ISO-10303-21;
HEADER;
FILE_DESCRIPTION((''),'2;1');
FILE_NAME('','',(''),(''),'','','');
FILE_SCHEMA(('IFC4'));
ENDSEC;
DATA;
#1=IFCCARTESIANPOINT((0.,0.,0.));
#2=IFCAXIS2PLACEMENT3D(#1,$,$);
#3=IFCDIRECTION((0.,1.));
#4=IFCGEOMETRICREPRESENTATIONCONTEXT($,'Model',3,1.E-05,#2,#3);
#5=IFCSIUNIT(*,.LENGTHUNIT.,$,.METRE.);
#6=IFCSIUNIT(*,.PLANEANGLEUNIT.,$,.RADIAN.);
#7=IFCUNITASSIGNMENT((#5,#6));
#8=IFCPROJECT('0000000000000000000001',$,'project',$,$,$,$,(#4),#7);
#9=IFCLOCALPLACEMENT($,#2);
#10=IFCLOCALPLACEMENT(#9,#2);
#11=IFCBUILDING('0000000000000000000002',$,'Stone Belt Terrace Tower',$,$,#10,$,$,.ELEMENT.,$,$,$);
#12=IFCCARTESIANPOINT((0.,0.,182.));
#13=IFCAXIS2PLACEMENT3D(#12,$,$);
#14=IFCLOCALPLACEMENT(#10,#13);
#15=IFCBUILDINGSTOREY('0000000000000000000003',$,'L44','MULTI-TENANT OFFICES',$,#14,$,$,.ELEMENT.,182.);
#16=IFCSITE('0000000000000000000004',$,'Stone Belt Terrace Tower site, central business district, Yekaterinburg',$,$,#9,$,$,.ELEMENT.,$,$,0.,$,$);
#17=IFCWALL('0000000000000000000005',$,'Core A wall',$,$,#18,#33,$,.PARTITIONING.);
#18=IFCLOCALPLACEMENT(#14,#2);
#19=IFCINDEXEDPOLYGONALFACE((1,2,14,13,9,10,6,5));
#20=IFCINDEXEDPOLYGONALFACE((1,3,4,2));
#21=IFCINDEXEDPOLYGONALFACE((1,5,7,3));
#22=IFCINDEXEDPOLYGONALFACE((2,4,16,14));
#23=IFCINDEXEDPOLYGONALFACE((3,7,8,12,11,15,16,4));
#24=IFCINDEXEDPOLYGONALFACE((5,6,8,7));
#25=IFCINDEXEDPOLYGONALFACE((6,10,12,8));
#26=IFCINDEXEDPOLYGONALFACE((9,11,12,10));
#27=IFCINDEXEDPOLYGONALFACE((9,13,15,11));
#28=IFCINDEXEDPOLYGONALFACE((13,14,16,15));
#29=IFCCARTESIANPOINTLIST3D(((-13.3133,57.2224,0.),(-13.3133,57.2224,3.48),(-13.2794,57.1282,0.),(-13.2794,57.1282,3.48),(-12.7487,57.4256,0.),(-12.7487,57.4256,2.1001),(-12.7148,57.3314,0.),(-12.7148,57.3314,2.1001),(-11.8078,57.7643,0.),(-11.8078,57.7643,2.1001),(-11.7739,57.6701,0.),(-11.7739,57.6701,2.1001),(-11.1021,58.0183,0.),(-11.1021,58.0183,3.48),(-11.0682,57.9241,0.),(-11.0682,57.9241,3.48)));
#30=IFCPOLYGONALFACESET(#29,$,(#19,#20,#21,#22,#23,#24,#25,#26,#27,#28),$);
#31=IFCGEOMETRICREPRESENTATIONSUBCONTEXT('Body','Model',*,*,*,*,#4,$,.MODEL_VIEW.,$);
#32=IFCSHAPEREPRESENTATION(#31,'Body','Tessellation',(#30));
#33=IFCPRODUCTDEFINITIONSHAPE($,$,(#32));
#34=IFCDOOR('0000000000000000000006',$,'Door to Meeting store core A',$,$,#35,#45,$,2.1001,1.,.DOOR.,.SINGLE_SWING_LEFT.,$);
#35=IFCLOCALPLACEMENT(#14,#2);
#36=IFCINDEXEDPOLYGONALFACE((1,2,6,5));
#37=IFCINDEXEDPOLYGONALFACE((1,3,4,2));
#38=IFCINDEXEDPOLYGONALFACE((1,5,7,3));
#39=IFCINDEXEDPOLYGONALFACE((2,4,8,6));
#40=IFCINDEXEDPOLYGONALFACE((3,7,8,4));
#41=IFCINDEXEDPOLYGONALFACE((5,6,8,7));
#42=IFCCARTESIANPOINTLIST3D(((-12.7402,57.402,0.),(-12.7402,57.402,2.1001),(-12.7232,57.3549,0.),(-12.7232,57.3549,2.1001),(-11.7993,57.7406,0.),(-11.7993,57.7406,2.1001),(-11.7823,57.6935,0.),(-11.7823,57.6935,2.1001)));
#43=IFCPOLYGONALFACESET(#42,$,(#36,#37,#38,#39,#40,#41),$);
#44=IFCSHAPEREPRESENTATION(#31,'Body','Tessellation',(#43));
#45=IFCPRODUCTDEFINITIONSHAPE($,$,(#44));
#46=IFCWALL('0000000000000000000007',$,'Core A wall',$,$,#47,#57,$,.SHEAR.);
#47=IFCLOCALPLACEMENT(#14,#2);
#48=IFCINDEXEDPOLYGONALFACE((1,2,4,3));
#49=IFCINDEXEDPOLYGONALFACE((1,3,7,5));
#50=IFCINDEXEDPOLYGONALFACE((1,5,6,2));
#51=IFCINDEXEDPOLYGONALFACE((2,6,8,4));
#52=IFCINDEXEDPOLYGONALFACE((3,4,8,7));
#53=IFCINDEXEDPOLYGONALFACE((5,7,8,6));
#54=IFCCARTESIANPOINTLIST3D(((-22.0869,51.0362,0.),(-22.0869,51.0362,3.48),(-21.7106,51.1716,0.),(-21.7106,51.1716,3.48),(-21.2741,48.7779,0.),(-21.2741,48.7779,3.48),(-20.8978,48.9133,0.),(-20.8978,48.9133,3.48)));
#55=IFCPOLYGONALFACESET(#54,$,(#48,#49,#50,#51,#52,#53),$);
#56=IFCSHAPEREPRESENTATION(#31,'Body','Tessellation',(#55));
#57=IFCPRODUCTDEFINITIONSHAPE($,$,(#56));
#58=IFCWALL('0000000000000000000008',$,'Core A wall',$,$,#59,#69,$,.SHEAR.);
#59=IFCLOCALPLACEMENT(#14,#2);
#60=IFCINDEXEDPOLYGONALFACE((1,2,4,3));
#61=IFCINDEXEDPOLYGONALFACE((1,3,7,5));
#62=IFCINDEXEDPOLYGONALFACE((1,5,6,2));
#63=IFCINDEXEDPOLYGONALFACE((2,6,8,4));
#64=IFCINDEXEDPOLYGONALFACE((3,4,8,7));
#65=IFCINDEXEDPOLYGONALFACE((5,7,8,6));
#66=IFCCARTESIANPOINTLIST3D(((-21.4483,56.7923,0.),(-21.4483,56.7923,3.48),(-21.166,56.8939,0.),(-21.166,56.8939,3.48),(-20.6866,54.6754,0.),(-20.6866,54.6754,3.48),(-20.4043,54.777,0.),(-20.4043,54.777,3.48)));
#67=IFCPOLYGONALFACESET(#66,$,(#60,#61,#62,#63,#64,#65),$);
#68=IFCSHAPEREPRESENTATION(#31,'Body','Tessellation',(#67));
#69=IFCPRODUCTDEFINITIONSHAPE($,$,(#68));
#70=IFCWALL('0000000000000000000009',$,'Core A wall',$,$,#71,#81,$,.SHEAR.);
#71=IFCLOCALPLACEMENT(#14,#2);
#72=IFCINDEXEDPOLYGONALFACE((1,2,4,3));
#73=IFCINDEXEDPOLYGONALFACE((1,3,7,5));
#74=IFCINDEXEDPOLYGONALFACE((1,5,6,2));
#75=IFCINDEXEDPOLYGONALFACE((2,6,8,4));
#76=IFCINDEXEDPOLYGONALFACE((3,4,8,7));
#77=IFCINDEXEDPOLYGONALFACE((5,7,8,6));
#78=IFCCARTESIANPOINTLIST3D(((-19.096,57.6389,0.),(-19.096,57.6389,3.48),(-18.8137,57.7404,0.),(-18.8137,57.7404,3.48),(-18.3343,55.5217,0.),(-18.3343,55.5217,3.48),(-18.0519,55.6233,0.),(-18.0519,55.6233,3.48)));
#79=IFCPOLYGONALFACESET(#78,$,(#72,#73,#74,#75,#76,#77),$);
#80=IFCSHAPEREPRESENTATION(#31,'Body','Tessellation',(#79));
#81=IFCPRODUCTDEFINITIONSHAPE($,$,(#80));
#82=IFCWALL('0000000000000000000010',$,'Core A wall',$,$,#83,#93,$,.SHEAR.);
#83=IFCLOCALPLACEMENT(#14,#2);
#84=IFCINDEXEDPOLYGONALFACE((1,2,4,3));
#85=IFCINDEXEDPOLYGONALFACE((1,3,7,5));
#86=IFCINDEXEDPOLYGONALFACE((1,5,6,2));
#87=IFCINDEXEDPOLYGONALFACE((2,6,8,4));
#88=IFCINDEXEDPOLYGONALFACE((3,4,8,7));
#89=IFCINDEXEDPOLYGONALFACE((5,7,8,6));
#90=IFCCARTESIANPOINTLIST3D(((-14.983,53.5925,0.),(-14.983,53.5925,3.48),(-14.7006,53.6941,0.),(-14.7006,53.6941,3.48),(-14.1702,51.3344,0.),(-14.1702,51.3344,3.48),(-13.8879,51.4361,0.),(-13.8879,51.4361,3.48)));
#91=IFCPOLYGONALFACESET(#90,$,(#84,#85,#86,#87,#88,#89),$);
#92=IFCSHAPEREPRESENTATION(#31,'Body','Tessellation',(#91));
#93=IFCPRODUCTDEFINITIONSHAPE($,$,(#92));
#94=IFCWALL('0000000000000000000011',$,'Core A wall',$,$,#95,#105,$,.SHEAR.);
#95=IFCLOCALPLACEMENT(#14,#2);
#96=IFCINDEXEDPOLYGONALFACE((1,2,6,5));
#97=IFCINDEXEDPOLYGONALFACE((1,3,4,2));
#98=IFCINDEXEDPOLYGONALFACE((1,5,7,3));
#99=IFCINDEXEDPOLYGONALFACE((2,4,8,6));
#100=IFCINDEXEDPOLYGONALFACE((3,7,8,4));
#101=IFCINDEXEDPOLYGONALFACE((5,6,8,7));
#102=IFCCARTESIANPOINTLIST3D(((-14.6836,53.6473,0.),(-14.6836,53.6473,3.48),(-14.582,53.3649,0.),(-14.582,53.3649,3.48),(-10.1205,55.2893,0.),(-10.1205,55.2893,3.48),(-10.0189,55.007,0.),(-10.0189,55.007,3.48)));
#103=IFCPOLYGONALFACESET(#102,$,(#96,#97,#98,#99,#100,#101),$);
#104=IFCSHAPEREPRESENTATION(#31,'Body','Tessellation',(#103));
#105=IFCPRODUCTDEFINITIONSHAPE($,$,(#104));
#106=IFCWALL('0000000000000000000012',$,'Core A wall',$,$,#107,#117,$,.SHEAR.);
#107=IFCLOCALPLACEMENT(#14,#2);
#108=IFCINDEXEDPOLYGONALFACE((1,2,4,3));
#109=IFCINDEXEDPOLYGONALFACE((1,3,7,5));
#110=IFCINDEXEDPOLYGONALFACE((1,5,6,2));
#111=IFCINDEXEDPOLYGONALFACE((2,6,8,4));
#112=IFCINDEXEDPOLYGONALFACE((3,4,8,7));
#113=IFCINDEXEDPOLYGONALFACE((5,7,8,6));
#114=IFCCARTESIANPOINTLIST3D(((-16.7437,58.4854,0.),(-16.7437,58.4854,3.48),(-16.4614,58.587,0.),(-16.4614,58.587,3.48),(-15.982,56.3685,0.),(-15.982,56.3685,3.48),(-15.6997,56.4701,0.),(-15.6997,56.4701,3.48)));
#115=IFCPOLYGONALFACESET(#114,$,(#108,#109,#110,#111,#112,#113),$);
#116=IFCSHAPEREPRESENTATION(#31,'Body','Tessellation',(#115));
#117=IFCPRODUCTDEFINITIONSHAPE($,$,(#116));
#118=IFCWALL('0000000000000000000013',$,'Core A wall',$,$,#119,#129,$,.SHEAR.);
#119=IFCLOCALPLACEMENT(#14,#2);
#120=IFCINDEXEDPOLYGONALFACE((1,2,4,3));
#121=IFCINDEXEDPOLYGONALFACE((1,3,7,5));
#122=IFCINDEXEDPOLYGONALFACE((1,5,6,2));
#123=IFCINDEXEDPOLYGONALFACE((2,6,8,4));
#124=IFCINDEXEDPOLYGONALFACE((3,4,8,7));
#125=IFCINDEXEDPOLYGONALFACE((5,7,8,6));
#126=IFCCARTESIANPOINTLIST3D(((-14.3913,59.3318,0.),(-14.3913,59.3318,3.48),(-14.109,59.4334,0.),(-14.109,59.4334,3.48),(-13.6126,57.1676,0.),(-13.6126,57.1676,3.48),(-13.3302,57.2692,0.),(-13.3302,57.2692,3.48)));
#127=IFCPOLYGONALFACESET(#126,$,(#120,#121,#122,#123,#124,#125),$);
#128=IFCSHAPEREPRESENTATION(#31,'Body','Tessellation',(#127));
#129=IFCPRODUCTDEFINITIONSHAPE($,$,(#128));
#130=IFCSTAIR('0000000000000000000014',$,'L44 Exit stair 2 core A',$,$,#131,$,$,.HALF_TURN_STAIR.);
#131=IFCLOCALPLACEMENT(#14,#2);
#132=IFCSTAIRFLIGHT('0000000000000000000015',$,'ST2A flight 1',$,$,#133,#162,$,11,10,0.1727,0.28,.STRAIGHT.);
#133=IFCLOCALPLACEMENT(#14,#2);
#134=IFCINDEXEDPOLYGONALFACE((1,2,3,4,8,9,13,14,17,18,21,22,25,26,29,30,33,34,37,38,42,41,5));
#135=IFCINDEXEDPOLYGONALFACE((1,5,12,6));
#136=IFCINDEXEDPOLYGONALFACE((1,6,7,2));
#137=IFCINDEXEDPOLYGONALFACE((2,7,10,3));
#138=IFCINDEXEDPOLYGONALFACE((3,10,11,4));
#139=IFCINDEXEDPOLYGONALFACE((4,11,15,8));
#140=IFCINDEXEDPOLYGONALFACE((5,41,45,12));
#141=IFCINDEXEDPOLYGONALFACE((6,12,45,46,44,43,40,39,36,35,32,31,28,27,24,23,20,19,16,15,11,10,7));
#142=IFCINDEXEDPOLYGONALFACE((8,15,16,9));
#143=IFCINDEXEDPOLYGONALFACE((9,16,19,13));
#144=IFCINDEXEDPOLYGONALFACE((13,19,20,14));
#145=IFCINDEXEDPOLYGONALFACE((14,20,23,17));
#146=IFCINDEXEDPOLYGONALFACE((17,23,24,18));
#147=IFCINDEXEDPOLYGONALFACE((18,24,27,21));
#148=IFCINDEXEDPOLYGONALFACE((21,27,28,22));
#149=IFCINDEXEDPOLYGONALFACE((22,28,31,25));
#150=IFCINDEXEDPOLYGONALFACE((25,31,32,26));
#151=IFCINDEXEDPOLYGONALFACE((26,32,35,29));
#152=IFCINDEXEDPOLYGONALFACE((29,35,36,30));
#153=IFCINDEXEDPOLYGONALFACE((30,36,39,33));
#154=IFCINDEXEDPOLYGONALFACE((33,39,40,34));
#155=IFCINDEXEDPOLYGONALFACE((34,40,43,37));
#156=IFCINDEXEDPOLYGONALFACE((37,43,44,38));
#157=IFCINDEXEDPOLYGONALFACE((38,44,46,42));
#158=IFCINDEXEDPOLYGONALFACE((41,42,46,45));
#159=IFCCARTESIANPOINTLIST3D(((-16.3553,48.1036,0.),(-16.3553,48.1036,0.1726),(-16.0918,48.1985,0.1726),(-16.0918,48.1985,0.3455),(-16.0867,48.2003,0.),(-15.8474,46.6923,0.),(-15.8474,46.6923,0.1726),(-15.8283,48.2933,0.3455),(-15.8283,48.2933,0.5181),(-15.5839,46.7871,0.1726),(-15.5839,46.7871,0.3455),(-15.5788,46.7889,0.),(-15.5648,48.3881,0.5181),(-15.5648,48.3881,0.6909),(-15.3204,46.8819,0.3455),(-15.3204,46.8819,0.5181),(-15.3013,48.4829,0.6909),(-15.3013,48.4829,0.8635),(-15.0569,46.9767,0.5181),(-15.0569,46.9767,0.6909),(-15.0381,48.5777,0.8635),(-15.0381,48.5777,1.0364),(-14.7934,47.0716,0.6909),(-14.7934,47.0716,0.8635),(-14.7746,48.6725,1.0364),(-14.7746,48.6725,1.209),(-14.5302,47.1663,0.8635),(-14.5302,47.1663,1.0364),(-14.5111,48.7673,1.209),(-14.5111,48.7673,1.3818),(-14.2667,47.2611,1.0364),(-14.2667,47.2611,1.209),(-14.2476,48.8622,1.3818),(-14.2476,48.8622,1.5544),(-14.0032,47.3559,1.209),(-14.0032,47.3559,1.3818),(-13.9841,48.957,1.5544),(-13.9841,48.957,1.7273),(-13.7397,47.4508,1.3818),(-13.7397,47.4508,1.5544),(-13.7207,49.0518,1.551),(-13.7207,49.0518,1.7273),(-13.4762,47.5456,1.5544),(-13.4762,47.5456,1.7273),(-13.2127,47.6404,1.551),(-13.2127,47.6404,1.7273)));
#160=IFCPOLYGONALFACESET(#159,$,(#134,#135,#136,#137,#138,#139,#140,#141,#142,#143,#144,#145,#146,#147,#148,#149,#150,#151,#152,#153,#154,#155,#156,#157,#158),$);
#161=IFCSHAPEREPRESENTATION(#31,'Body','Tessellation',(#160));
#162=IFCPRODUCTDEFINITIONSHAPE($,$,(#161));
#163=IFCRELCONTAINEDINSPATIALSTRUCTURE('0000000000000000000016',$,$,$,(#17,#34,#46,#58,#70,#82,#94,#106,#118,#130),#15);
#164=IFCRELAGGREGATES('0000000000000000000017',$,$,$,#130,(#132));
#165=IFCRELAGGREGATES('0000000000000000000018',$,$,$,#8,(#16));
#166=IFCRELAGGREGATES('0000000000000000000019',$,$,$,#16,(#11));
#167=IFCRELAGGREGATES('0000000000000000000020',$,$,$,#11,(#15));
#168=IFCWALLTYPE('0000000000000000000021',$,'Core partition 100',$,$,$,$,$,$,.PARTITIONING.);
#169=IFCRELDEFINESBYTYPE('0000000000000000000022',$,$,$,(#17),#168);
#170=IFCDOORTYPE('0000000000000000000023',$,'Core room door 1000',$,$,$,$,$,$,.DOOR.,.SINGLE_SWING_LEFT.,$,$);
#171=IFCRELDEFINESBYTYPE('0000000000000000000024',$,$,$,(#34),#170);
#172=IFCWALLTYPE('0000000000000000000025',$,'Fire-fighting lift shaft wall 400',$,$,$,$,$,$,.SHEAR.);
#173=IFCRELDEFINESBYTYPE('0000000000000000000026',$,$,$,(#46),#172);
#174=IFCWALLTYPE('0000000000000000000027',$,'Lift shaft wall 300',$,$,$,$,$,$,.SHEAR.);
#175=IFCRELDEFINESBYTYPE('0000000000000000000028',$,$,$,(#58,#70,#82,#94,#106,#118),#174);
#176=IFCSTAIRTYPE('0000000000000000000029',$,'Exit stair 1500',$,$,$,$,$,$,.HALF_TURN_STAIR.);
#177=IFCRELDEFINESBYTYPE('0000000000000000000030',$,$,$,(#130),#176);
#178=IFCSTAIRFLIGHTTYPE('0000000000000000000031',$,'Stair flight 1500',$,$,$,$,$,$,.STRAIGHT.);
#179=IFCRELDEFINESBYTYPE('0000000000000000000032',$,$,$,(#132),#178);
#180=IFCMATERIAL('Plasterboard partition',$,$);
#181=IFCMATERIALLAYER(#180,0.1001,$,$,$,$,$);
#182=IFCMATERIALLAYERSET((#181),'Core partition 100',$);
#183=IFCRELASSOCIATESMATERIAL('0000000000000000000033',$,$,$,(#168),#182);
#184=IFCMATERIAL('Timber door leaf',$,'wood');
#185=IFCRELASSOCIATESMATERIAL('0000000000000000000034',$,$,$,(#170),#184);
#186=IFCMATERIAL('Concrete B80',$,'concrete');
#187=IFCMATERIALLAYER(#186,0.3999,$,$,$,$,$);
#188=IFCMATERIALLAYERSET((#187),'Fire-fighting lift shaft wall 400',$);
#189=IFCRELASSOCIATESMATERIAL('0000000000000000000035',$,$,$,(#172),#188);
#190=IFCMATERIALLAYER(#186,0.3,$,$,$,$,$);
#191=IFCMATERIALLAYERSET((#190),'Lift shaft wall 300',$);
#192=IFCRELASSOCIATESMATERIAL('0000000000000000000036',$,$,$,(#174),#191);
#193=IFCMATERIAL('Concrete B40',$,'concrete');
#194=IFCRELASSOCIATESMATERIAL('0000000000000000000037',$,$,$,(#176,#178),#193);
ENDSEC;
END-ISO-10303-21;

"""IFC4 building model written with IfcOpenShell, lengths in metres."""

from ifc_helpers import new_model, si_unit, direction, frame, frame_2d, origin, place, context, subcontext, project, spatial, polyline, rectangle, outline, extrude, material, layer, layer_set, type_object, element, fill, aggregate, save


model = new_model("IFC4")

# Units and contexts
model_context = context("Model", 3, precision=1e-05, world=origin(), true_north=direction((0.0, 1.0)))
body_context = subcontext(model_context, "Body", "Model", "MODEL_VIEW")
ifc_project = project(units=[si_unit("LENGTHUNIT", "METRE"), si_unit("PLANEANGLEUNIT", "RADIAN")], contexts=[model_context])

# Site, building, storey
site_placement = place(None, origin())
site = spatial("IfcSite", under=ifc_project, at=site_placement, Name="Stone Belt Terrace Tower site, central business district, Yekaterinburg", CompositionType="ELEMENT", RefElevation=0.0)
building_placement = place(site_placement, origin())
building = spatial("IfcBuilding", under=site, at=building_placement, Name="Stone Belt Terrace Tower", CompositionType="ELEMENT")
storey_placement = place(building_placement, frame((0.0, 0.0, 182.0)))
storey = spatial("IfcBuildingStorey", under=building, at=storey_placement, Name="L44", Description="MULTI-TENANT OFFICES", CompositionType="ELEMENT", Elevation=182.0)

# Shared definitions
ifc_material_1 = material(Name="Concrete B80", Category="concrete")

# Shared definitions
ifc_material_2 = material(Name="Plasterboard partition")
ifc_layer_1 = layer(ifc_material_2, 0.1001)
ifc_layer_set_1 = layer_set([ifc_layer_1], Name="Core partition 100")
wall_type_1 = type_object("IfcWallType", Name="Core partition 100", PredefinedType="PARTITIONING", material=ifc_layer_set_1)
ifc_material_3 = material(Name="Timber door leaf", Category="wood")
door_type_1 = type_object("IfcDoorType", Name="Core room door 1000", OperationType="SINGLE_SWING_LEFT", PredefinedType="DOOR", material=ifc_material_3)

# Wall, opening, door
wall_1_placement = place(storey_placement, frame((-13.2964, 57.1753, 0.0), z_axis=(0.0, 0.0, 1.0), x_axis=(0.940905, 0.338672, 0.0)))
wall_1 = element("IfcWall", 1, at=wall_1_placement, inside=storey, type_object=wall_type_1, Name="Core A wall", PredefinedType="PARTITIONING", context=body_context, shape_type="SweptSolid", body=[
    extrude(rectangle(XDim=2.3501, YDim=0.1001, at=frame_2d((1.175, 0.0))), origin(), (0.0, 0.0, 1.0), 3.48),
])
opening_1_placement = place(wall_1_placement, frame((0.6001, 0.0, 0.0)))
opening_1 = element("IfcOpeningElement", 2, at=opening_1_placement, cuts=wall_1, PredefinedType="OPENING", context=body_context, shape_type="SweptSolid", body=[
    extrude(rectangle(XDim=1.0, YDim=2.1001, at=frame_2d((0.5, 1.05))), frame((0.0, 0.0601, 0.0), z_axis=(0.0, -1.0, 0.0), x_axis=(1.0, 0.0, 0.0)), (0.0, 0.0, 1.0), 0.1201),
])
door_1_placement = place(opening_1_placement, origin())
door_1 = element("IfcDoor", 3, at=door_1_placement, inside=storey, type_object=door_type_1, Name="Door to Meeting store core A", OperationType="SINGLE_SWING_LEFT", OverallHeight=2.1001, OverallWidth=1.0, PredefinedType="DOOR", context=body_context, shape_type="SweptSolid", body=[
    extrude(rectangle(XDim=1.0, YDim=2.1001, at=frame_2d((0.5, 1.05))), frame((0.0, 0.0249, 0.0), z_axis=(0.0, -1.0, 0.0), x_axis=(1.0, 0.0, 0.0)), (0.0, 0.0, 1.0), 0.05),
])
fill(opening_1, door_1)

# Walls
ifc_layer_2 = layer(ifc_material_1, 0.3999)
ifc_layer_set_2 = layer_set([ifc_layer_2], Name="Fire-fighting lift shaft wall 400")
wall_type_2 = type_object("IfcWallType", Name="Fire-fighting lift shaft wall 400", PredefinedType="SHEAR", material=ifc_layer_set_2)
wall_2_placement = place(storey_placement, frame((-21.0859, 48.8455, 0.0), z_axis=(0.0, 0.0, 1.0), x_axis=(-0.338629, 0.94092, 0.0)))
element("IfcWall", 4, at=wall_2_placement, inside=storey, type_object=wall_type_2, Name="Core A wall", PredefinedType="SHEAR", context=body_context, shape_type="SweptSolid", body=[
    extrude(rectangle(XDim=2.4001, YDim=0.3999, at=frame_2d((1.2002, 0.0))), origin(), (0.0, 0.0, 1.0), 3.48),
])
ifc_layer_3 = layer(ifc_material_1, 0.3)
ifc_layer_set_3 = layer_set([ifc_layer_3], Name="Lift shaft wall 300")
wall_type_3 = type_object("IfcWallType", Name="Lift shaft wall 300", PredefinedType="SHEAR", material=ifc_layer_set_3)
wall_3_placement = place(storey_placement, frame((-20.5454, 54.7261, 0.0), z_axis=(0.0, 0.0, 1.0), x_axis=(-0.33857, 0.940941, 0.0)))
element("IfcWall", 5, at=wall_3_placement, inside=storey, type_object=wall_type_3, Name="Core A wall", PredefinedType="SHEAR", context=body_context, shape_type="SweptSolid", body=[
    extrude(rectangle(XDim=2.2498, YDim=0.3, at=frame_2d((1.125, 0.0))), origin(), (0.0, 0.0, 1.0), 3.48),
])
wall_4_placement = place(storey_placement, frame((-18.1931, 55.5725, 0.0), z_axis=(0.0, 0.0, 1.0), x_axis=(-0.338535, 0.940954, 0.0)))
element("IfcWall", 6, at=wall_4_placement, inside=storey, type_object=wall_type_3, Name="Core A wall", PredefinedType="SHEAR", context=body_context, shape_type="SweptSolid", body=[
    extrude(rectangle(XDim=2.25, YDim=0.3, at=frame_2d((1.125, 0.0))), origin(), (0.0, 0.0, 1.0), 3.48),
])
wall_5_placement = place(storey_placement, frame((-14.0291, 51.3853, 0.0), z_axis=(0.0, 0.0, 1.0), x_axis=(-0.338662, 0.940908, 0.0)))
element("IfcWall", 7, at=wall_5_placement, inside=storey, type_object=wall_type_3, Name="Core A wall", PredefinedType="SHEAR", context=body_context, shape_type="SweptSolid", body=[
    extrude(rectangle(XDim=2.3999, YDim=0.3, at=frame_2d((1.2, 0.0))), origin(), (0.0, 0.0, 1.0), 3.48),
])
wall_6_placement = place(storey_placement, frame((-14.6328, 53.5061, 0.0), z_axis=(0.0, 0.0, 1.0), x_axis=(0.940932, 0.338596, 0.0)))
element("IfcWall", 8, at=wall_6_placement, inside=storey, type_object=wall_type_3, Name="Core A wall", PredefinedType="SHEAR", context=body_context, shape_type="SweptSolid", body=[
    extrude(rectangle(XDim=4.8496, YDim=0.3, at=frame_2d((2.4248, 0.0))), origin(), (0.0, 0.0, 1.0), 3.48),
])
wall_7_placement = place(storey_placement, frame((-15.8408, 56.4192, 0.0), z_axis=(0.0, 0.0, 1.0), x_axis=(-0.33857, 0.940941, 0.0)))
element("IfcWall", 9, at=wall_7_placement, inside=storey, type_object=wall_type_3, Name="Core A wall", PredefinedType="SHEAR", context=body_context, shape_type="SweptSolid", body=[
    extrude(rectangle(XDim=2.2498, YDim=0.3, at=frame_2d((1.125, 0.0))), origin(), (0.0, 0.0, 1.0), 3.48),
])
wall_8_placement = place(storey_placement, frame((-13.4714, 57.2185, 0.0), z_axis=(0.0, 0.0, 1.0), x_axis=(-0.338588, 0.940935, 0.0)))
element("IfcWall", 10, at=wall_8_placement, inside=storey, type_object=wall_type_3, Name="Core A wall", PredefinedType="SHEAR", context=body_context, shape_type="SweptSolid", body=[
    extrude(rectangle(XDim=2.3, YDim=0.3, at=frame_2d((1.1499, 0.0))), origin(), (0.0, 0.0, 1.0), 3.48),
])

# Stair, stair flight
ifc_material_4 = material(Name="Concrete B40", Category="concrete")
stair_type = type_object("IfcStairType", Name="Exit stair 1500", PredefinedType="HALF_TURN_STAIR", material=ifc_material_4)
stair_placement = place(storey_placement, origin())
stair = element("IfcStair", 11, at=stair_placement, inside=storey, type_object=stair_type, Name="L44 Exit stair 2 core A", PredefinedType="HALF_TURN_STAIR")
stair_flight_type = type_object("IfcStairFlightType", Name="Stair flight 1500", PredefinedType="STRAIGHT", material=ifc_material_4)
stair_flight_1_placement = place(storey_placement, frame((-16.1013, 47.3979, 0.0), z_axis=(0.0, 0.0, 1.0), x_axis=(0.940922, 0.338624, 0.0)))
stair_flight_1 = element("IfcStairFlight", 12, at=stair_flight_1_placement, type_object=stair_flight_type, Name="ST2A flight 1", NumberOfRisers=11, NumberOfTreads=10, PredefinedType="STRAIGHT", RiserHeight=0.1727, TreadLength=0.28, context=body_context, shape_type="SweptSolid", body=[
    extrude(outline(polyline([(0.0, 0.0), (0.0, 0.1726), (0.28, 0.1726), (0.28, 0.3455), (0.5601, 0.3455), (0.5601, 0.5181), (0.8401, 0.5181), (0.8401, 0.6909), (1.1201, 0.6909), (1.1201, 0.8635), (1.3999, 0.8635), (1.3999, 1.0364), (1.6799, 1.0364), (1.6799, 1.209), (1.96, 1.209), (1.96, 1.3818), (2.24, 1.3818), (2.24, 1.5544), (2.52, 1.5544), (2.52, 1.7273), (2.8, 1.7273), (2.8, 1.8999), (2.8, 1.551), (0.2854, 0.0), (0.0, 0.0)])), frame((0.0, 0.75, 0.0), z_axis=(0.0, -1.0, 0.0), x_axis=(1.0, 0.0, 0.0)), (0.0, 0.0, 1.0), 1.5),
])
aggregate(stair, [stair_flight_1])

save(model, "model.ifc")
